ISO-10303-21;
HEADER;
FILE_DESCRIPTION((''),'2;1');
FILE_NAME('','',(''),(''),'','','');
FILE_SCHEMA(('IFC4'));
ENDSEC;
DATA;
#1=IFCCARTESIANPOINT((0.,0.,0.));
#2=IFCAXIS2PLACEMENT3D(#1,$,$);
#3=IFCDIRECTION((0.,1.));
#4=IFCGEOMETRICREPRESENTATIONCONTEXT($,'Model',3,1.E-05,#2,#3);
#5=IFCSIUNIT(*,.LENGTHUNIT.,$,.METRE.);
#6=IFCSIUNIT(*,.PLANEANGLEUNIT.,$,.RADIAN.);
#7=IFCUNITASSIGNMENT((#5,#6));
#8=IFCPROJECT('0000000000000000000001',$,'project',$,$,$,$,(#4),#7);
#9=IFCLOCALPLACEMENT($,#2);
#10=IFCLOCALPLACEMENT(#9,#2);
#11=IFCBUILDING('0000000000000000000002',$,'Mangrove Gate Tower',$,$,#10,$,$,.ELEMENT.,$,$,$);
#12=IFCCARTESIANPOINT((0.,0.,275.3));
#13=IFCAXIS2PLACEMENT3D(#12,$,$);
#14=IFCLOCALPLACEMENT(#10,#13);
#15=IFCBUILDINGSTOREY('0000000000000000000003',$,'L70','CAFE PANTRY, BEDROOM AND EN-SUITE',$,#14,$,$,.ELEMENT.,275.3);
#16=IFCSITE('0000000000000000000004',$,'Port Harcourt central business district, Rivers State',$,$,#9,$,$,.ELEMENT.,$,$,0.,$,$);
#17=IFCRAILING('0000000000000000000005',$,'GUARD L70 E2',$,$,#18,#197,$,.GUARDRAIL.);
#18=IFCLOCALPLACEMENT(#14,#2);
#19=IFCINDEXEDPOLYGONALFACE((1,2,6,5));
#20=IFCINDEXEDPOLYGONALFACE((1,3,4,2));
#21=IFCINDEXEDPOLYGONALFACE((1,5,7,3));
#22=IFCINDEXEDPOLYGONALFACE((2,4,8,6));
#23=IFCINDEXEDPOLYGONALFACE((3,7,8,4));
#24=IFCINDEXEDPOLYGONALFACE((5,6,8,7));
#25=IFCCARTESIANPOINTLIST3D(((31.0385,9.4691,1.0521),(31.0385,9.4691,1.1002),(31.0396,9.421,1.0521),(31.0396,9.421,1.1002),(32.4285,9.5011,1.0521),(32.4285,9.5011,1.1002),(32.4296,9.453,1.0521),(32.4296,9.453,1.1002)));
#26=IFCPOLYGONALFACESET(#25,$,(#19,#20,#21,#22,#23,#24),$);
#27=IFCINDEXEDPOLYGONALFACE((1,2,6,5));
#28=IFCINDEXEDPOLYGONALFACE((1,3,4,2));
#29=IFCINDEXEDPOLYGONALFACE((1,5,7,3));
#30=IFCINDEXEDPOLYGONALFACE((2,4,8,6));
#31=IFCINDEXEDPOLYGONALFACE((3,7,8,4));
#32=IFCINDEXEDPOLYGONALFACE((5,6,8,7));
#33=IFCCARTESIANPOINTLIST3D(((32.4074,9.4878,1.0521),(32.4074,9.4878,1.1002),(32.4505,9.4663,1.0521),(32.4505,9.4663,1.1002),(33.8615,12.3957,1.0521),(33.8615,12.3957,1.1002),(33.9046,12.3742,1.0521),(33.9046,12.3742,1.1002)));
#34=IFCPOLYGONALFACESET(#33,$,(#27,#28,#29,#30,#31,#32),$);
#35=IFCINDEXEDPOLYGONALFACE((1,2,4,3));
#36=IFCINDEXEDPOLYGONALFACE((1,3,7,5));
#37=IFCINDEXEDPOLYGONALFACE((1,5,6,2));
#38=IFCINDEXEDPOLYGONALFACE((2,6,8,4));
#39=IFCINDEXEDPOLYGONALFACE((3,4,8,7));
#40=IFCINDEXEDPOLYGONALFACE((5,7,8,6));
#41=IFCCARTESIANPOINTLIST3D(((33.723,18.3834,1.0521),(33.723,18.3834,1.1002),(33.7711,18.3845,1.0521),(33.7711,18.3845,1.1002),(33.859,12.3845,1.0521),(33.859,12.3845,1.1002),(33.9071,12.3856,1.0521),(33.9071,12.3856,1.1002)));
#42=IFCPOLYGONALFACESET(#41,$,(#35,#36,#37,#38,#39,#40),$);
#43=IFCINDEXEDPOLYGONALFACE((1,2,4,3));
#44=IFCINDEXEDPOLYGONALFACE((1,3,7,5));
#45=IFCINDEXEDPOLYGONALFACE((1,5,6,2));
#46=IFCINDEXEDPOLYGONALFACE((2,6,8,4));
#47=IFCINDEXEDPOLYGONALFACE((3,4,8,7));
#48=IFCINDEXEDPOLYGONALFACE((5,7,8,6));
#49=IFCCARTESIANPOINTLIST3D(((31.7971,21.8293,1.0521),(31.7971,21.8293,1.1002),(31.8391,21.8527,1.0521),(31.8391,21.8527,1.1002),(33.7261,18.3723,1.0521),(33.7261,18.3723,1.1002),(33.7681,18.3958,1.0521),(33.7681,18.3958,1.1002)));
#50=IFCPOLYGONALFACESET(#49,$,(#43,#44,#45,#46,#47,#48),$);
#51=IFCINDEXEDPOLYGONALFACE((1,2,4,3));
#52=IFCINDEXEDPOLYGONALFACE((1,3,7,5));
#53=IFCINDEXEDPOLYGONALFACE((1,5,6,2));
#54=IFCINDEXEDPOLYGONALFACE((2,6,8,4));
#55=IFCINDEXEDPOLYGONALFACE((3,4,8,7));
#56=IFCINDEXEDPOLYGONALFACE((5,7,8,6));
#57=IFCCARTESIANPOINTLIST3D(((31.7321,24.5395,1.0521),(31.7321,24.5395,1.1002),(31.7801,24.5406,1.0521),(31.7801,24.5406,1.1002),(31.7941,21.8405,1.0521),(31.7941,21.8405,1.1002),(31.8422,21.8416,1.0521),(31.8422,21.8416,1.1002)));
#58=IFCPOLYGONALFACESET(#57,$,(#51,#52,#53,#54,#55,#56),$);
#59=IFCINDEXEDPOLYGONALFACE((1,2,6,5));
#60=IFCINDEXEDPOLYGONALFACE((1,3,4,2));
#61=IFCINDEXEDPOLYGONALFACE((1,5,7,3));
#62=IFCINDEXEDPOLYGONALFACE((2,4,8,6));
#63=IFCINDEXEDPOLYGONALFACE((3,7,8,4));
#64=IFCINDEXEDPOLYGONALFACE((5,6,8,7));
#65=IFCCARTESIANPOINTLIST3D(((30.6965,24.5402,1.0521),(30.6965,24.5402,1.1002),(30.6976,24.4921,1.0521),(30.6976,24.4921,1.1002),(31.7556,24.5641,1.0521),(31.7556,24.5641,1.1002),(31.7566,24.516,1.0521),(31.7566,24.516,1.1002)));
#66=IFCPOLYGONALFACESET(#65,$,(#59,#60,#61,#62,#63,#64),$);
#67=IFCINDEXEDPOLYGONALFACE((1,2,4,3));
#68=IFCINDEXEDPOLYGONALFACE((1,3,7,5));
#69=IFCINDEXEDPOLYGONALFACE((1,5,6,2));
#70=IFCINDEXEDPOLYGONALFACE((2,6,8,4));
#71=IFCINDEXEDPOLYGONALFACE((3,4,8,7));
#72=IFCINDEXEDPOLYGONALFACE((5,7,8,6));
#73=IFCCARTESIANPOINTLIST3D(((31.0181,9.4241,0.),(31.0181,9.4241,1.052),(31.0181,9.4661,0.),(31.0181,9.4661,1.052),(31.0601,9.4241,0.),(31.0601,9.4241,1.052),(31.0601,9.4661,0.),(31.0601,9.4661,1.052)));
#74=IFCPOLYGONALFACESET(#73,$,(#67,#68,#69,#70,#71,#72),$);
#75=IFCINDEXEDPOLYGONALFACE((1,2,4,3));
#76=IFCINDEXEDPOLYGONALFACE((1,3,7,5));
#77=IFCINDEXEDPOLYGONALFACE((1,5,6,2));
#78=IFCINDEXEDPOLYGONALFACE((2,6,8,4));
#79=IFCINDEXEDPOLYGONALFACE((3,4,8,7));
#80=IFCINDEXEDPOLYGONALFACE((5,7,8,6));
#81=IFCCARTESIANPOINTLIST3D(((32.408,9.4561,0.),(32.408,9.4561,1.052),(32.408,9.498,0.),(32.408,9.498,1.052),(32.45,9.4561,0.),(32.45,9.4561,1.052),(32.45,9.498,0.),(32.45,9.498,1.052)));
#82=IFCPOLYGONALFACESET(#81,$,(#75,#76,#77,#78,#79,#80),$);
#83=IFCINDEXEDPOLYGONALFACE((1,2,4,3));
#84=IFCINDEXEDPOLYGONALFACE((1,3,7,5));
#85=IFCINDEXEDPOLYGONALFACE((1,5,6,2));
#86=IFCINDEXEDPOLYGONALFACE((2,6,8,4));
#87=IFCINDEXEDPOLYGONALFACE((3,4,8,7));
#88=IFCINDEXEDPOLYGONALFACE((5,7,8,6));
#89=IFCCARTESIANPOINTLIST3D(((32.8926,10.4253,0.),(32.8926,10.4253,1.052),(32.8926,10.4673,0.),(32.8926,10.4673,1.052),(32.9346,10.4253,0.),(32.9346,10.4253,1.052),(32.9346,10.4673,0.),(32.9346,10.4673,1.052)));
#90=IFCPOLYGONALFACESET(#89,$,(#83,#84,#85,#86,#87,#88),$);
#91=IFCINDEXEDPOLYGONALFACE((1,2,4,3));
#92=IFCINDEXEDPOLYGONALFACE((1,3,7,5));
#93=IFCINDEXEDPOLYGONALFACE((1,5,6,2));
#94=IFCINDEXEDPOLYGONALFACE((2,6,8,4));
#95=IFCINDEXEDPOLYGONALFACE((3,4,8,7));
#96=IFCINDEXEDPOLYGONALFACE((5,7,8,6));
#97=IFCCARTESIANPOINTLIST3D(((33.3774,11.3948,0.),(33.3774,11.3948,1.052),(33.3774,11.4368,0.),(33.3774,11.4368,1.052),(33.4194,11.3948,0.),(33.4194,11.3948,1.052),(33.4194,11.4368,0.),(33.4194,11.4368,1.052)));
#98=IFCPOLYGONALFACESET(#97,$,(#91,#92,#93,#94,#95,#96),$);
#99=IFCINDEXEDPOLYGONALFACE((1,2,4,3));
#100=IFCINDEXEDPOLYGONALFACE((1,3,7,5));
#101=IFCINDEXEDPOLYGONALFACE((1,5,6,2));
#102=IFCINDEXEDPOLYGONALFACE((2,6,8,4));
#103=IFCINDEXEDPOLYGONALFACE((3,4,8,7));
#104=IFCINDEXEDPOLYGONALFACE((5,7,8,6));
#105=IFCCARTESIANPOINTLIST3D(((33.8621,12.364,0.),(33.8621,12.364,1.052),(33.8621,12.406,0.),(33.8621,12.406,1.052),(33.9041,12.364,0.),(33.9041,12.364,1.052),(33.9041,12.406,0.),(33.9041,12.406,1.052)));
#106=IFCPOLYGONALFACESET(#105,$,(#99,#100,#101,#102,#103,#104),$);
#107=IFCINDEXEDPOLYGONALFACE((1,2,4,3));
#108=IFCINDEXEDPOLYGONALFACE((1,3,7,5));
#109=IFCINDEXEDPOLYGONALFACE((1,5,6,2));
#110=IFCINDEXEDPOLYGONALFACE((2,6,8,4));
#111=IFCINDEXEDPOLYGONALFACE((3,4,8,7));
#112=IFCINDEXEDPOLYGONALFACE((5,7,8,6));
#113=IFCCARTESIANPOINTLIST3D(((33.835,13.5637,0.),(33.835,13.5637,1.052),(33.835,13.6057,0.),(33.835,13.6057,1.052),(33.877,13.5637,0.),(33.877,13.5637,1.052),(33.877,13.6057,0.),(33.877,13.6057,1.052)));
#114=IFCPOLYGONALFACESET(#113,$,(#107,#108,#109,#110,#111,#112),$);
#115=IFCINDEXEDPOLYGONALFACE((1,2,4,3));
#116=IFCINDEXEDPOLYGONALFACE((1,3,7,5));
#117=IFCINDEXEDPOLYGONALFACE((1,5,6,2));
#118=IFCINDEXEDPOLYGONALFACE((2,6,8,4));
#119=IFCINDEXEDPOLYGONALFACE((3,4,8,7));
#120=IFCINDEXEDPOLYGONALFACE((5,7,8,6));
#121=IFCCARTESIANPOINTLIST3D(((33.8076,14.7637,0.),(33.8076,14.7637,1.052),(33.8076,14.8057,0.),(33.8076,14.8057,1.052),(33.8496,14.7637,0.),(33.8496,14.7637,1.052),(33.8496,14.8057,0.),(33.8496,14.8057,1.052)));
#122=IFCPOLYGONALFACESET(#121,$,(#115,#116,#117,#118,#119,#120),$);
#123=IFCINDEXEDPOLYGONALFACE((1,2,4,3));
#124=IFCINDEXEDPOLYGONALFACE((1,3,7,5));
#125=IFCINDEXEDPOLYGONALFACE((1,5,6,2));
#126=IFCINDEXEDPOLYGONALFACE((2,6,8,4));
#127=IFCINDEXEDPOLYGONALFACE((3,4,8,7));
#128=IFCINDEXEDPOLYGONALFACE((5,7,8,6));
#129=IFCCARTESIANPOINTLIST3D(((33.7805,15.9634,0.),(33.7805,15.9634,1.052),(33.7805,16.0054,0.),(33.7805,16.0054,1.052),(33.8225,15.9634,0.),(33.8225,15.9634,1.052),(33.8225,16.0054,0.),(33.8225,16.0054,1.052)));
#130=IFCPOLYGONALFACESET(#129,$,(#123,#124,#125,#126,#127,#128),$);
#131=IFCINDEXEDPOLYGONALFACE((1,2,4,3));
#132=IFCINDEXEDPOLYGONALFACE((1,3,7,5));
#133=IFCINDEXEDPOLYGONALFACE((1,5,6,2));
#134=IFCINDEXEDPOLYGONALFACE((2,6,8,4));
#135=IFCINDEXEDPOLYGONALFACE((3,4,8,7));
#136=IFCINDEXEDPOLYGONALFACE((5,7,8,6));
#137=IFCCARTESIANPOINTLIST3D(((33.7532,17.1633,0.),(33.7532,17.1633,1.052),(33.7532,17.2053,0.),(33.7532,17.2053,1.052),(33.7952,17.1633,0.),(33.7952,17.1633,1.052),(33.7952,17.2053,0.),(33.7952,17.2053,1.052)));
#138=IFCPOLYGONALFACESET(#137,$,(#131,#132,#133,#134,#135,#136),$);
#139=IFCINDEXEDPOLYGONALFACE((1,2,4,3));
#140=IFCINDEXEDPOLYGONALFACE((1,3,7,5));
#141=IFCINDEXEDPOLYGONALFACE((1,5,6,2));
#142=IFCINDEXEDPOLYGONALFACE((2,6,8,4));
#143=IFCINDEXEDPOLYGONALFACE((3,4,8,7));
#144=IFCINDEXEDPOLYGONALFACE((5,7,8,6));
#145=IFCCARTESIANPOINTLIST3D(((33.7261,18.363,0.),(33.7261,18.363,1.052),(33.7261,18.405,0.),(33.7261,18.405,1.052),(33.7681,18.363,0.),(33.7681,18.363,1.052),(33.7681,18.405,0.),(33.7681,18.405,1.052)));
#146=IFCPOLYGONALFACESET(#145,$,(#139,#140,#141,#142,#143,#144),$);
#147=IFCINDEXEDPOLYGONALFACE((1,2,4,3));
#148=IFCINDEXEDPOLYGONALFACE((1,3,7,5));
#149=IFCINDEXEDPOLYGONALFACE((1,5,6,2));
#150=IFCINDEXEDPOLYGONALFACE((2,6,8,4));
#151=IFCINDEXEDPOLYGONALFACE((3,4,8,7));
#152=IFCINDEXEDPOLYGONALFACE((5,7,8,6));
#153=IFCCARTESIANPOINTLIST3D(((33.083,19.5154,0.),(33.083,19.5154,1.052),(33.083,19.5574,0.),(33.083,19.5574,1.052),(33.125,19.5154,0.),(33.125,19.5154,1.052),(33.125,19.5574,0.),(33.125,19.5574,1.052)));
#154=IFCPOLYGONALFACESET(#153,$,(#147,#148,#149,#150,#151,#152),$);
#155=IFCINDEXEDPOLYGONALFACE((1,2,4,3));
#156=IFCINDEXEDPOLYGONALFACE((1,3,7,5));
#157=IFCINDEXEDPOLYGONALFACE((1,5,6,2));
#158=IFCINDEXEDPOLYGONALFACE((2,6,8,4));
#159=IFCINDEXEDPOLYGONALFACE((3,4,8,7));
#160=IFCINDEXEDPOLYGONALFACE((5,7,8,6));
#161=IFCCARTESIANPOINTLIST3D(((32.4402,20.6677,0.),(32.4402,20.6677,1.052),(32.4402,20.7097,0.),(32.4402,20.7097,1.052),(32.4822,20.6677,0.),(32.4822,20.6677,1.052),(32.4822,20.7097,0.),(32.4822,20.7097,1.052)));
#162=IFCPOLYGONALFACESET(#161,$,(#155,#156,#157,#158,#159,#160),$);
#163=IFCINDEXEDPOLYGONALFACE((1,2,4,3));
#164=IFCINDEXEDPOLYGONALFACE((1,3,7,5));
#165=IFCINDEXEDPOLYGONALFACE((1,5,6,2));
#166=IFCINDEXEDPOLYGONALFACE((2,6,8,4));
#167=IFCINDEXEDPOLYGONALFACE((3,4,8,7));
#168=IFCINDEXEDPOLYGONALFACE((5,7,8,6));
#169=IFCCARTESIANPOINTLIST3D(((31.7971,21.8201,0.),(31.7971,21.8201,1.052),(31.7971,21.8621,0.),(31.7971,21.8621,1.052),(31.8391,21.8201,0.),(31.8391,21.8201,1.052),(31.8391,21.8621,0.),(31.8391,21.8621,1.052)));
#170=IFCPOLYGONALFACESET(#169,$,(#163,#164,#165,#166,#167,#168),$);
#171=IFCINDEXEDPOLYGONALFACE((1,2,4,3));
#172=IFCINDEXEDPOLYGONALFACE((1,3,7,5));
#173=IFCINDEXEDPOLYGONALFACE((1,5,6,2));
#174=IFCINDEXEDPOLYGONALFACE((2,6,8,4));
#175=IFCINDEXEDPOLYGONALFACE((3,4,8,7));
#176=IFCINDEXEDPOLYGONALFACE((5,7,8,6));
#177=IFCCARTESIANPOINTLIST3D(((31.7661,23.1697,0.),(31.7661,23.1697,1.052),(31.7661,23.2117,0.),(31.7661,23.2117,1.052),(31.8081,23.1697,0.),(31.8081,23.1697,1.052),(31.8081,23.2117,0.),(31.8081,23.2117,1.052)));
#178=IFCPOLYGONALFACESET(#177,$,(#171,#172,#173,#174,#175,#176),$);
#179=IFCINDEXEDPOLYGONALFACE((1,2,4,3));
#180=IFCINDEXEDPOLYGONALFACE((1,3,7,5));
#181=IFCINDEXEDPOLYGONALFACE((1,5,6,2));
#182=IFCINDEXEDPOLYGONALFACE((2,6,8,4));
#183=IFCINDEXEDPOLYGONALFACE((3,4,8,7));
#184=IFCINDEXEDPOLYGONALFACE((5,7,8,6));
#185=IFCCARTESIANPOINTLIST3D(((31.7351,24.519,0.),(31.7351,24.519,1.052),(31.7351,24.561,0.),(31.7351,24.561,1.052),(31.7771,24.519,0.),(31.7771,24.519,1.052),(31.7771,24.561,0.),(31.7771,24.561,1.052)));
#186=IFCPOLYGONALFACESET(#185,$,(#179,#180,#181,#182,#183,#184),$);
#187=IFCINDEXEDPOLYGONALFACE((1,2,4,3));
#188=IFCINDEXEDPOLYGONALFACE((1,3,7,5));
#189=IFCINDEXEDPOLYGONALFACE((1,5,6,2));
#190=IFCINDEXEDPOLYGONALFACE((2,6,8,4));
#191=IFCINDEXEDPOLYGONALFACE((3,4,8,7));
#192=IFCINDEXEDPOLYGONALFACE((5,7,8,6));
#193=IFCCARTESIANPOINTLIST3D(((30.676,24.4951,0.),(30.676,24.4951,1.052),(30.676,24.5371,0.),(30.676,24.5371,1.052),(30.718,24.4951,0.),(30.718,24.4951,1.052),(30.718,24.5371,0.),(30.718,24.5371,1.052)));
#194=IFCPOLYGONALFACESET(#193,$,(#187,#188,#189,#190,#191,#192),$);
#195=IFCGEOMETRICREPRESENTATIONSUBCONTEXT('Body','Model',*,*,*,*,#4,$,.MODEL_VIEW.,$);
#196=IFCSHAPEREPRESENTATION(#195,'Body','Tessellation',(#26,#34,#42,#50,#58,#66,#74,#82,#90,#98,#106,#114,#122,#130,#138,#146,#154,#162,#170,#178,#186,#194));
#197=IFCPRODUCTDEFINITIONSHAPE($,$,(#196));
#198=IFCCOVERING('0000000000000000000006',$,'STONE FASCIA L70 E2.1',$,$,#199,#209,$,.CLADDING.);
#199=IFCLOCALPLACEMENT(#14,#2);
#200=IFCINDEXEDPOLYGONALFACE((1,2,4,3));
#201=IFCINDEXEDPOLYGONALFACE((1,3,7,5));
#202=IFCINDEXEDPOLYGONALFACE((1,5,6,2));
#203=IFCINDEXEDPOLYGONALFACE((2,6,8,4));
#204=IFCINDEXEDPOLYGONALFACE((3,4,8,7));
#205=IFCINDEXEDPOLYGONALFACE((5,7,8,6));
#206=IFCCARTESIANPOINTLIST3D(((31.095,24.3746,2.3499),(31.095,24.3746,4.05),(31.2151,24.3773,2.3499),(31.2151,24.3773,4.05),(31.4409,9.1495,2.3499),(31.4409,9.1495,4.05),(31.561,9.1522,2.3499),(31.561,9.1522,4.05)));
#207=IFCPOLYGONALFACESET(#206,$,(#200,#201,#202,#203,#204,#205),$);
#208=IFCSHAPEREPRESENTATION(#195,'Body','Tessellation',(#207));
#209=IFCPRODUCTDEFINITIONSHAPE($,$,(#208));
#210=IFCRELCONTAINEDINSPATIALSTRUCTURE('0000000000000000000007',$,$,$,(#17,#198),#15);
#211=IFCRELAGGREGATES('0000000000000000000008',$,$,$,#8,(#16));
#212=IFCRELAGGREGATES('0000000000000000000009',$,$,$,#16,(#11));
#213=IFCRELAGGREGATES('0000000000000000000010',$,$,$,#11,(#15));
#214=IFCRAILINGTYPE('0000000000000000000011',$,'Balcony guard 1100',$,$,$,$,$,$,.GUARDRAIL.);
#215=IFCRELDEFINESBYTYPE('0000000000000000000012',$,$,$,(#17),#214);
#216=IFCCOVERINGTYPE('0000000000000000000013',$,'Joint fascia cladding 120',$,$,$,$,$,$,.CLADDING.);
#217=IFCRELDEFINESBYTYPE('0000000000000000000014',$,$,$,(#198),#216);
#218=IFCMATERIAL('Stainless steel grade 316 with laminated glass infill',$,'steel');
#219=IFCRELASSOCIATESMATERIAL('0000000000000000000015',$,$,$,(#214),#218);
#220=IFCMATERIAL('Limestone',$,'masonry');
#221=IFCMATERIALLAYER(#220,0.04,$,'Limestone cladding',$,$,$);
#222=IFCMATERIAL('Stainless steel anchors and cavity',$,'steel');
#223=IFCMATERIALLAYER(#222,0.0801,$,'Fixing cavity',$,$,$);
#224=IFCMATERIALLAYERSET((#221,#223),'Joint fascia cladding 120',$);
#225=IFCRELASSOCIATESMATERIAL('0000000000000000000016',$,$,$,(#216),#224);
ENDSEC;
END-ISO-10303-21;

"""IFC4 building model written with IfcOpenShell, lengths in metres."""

from ifc_helpers import new_model, si_unit, direction, frame, frame_2d, origin, origin_2d, place, context, subcontext, project, spatial, rectangle, extrude, material, layer, layer_set, type_object, element, save


model = new_model("IFC4")

# Units and contexts
model_context = context("Model", 3, precision=1e-05, world=origin(), true_north=direction((0.0, 1.0)))
body_context = subcontext(model_context, "Body", "Model", "MODEL_VIEW")
ifc_project = project(units=[si_unit("LENGTHUNIT", "METRE"), si_unit("PLANEANGLEUNIT", "RADIAN")], contexts=[model_context])

# Site, building, storey
site_placement = place(None, origin())
site = spatial("IfcSite", under=ifc_project, at=site_placement, Name="Port Harcourt central business district, Rivers State", CompositionType="ELEMENT", RefElevation=0.0)
building_placement = place(site_placement, origin())
building = spatial("IfcBuilding", under=site, at=building_placement, Name="Mangrove Gate Tower", CompositionType="ELEMENT")
storey_placement = place(building_placement, frame((0.0, 0.0, 275.3)))
storey = spatial("IfcBuildingStorey", under=building, at=storey_placement, Name="L70", Description="CAFE PANTRY, BEDROOM AND EN-SUITE", CompositionType="ELEMENT", Elevation=275.3)

# Shared definitions
ifc_material_1 = material(Name="Limestone", Category="masonry")

# Railing
ifc_material_2 = material(Name="Stainless steel grade 316 with laminated glass infill", Category="steel")
railing_type = type_object("IfcRailingType", Name="Balcony guard 1100", PredefinedType="GUARDRAIL", material=ifc_material_2)
railing_placement = place(storey_placement, frame((31.0391, 9.4451, 0.0)))
element("IfcRailing", 1, at=railing_placement, inside=storey, type_object=railing_type, Name="GUARD L70 E2", PredefinedType="GUARDRAIL", context=body_context, shape_type="SweptSolid", body=[
    extrude(rectangle(XDim=0.0481, YDim=0.0481, at=origin_2d()), frame((0.0, 0.0, 1.0762), z_axis=(0.999735, 0.023005, 0.0), x_axis=(-0.023005, 0.999735, 0.0)), (0.0, 0.0, 1.0), 1.3904),
    extrude(rectangle(XDim=0.0481, YDim=0.0481, at=origin_2d()), frame((1.3899, 0.032, 1.0762), z_axis=(0.447244, 0.894412, 0.0), x_axis=(-0.894412, 0.447244, 0.0)), (0.0, 0.0, 1.0), 3.2512),
    extrude(rectangle(XDim=0.0481, YDim=0.0481, at=origin_2d()), frame((2.844, 2.9399, 1.0762), z_axis=(-0.022662, 0.999743, 0.0), x_axis=(-0.999743, -0.022662, 0.0)), (0.0, 0.0, 1.0), 6.0005),
    extrude(rectangle(XDim=0.0481, YDim=0.0481, at=origin_2d()), frame((2.708, 8.939, 1.0762), z_axis=(-0.48726, 0.873257, 0.0), x_axis=(-0.873257, -0.48726, 0.0)), (0.0, 0.0, 1.0), 3.9587),
    extrude(rectangle(XDim=0.0481, YDim=0.0481, at=origin_2d()), frame((0.7791, 12.396, 1.0762), z_axis=(-0.02297, 0.999736, 0.0), x_axis=(-0.999736, -0.02297, 0.0)), (0.0, 0.0, 1.0), 2.6997),
    extrude(rectangle(XDim=0.0481, YDim=0.0481, at=origin_2d()), frame((0.717, 15.095, 1.0762), z_axis=(-0.999745, -0.022585, 0.0), x_axis=(0.022585, -0.999745, 0.0)), (0.0, 0.0, 1.0), 1.0593),
    extrude(rectangle(XDim=0.042, YDim=0.042, at=origin_2d()), origin(), (0.0, 0.0, 1.0), 1.052),
    extrude(rectangle(XDim=0.042, YDim=0.042, at=origin_2d()), frame((1.3899, 0.032, 0.0)), (0.0, 0.0, 1.0), 1.052),
    extrude(rectangle(XDim=0.042, YDim=0.042, at=origin_2d()), frame((1.8745, 1.0012, 0.0)), (0.0, 0.0, 1.0), 1.052),
    extrude(rectangle(XDim=0.042, YDim=0.042, at=origin_2d()), frame((2.3594, 1.9707, 0.0)), (0.0, 0.0, 1.0), 1.052),
    extrude(rectangle(XDim=0.042, YDim=0.042, at=origin_2d()), frame((2.844, 2.9399, 0.0)), (0.0, 0.0, 1.0), 1.052),
    extrude(rectangle(XDim=0.042, YDim=0.042, at=origin_2d()), frame((2.8169, 4.1396, 0.0)), (0.0, 0.0, 1.0), 1.052),
    extrude(rectangle(XDim=0.042, YDim=0.042, at=origin_2d()), frame((2.7896, 5.3396, 0.0)), (0.0, 0.0, 1.0), 1.052),
    extrude(rectangle(XDim=0.042, YDim=0.042, at=origin_2d()), frame((2.7625, 6.5393, 0.0)), (0.0, 0.0, 1.0), 1.052),
    extrude(rectangle(XDim=0.042, YDim=0.042, at=origin_2d()), frame((2.7351, 7.7393, 0.0)), (0.0, 0.0, 1.0), 1.052),
    extrude(rectangle(XDim=0.042, YDim=0.042, at=origin_2d()), frame((2.708, 8.939, 0.0)), (0.0, 0.0, 1.0), 1.052),
    extrude(rectangle(XDim=0.042, YDim=0.042, at=origin_2d()), frame((2.0649, 10.0913, 0.0)), (0.0, 0.0, 1.0), 1.052),
    extrude(rectangle(XDim=0.042, YDim=0.042, at=origin_2d()), frame((1.4221, 11.2437, 0.0)), (0.0, 0.0, 1.0), 1.052),
    extrude(rectangle(XDim=0.042, YDim=0.042, at=origin_2d()), frame((0.7791, 12.396, 0.0)), (0.0, 0.0, 1.0), 1.052),
    extrude(rectangle(XDim=0.042, YDim=0.042, at=origin_2d()), frame((0.748, 13.7456, 0.0)), (0.0, 0.0, 1.0), 1.052),
    extrude(rectangle(XDim=0.042, YDim=0.042, at=origin_2d()), frame((0.717, 15.095, 0.0)), (0.0, 0.0, 1.0), 1.052),
    extrude(rectangle(XDim=0.042, YDim=0.042, at=origin_2d()), frame((-0.342, 15.071, 0.0)), (0.0, 0.0, 1.0), 1.052),
])

# Covering
ifc_layer_1 = layer(ifc_material_1, 0.04, Name="Limestone cladding")
ifc_material_3 = material(Name="Stainless steel anchors and cavity", Category="steel")
ifc_layer_2 = layer(ifc_material_3, 0.0801, Name="Fixing cavity")
ifc_layer_set_1 = layer_set([ifc_layer_1, ifc_layer_2], Name="Joint fascia cladding 120")
covering_type = type_object("IfcCoveringType", Name="Joint fascia cladding 120", PredefinedType="CLADDING", material=ifc_layer_set_1)
covering_placement = place(storey_placement, frame((31.501, 9.1509, 2.3499), z_axis=(0.0, 0.0, 1.0), x_axis=(-0.022716, 0.999742, 0.0)))
element("IfcCovering", 2, at=covering_placement, inside=storey, type_object=covering_type, Name="STONE FASCIA L70 E2.1", PredefinedType="CLADDING", context=body_context, shape_type="SweptSolid", body=[
    extrude(rectangle(XDim=15.229, YDim=0.1201, at=frame_2d((7.6145, 0.0))), origin(), (0.0, 0.0, 1.0), 1.7002),
])

save(model, "model.ifc")
